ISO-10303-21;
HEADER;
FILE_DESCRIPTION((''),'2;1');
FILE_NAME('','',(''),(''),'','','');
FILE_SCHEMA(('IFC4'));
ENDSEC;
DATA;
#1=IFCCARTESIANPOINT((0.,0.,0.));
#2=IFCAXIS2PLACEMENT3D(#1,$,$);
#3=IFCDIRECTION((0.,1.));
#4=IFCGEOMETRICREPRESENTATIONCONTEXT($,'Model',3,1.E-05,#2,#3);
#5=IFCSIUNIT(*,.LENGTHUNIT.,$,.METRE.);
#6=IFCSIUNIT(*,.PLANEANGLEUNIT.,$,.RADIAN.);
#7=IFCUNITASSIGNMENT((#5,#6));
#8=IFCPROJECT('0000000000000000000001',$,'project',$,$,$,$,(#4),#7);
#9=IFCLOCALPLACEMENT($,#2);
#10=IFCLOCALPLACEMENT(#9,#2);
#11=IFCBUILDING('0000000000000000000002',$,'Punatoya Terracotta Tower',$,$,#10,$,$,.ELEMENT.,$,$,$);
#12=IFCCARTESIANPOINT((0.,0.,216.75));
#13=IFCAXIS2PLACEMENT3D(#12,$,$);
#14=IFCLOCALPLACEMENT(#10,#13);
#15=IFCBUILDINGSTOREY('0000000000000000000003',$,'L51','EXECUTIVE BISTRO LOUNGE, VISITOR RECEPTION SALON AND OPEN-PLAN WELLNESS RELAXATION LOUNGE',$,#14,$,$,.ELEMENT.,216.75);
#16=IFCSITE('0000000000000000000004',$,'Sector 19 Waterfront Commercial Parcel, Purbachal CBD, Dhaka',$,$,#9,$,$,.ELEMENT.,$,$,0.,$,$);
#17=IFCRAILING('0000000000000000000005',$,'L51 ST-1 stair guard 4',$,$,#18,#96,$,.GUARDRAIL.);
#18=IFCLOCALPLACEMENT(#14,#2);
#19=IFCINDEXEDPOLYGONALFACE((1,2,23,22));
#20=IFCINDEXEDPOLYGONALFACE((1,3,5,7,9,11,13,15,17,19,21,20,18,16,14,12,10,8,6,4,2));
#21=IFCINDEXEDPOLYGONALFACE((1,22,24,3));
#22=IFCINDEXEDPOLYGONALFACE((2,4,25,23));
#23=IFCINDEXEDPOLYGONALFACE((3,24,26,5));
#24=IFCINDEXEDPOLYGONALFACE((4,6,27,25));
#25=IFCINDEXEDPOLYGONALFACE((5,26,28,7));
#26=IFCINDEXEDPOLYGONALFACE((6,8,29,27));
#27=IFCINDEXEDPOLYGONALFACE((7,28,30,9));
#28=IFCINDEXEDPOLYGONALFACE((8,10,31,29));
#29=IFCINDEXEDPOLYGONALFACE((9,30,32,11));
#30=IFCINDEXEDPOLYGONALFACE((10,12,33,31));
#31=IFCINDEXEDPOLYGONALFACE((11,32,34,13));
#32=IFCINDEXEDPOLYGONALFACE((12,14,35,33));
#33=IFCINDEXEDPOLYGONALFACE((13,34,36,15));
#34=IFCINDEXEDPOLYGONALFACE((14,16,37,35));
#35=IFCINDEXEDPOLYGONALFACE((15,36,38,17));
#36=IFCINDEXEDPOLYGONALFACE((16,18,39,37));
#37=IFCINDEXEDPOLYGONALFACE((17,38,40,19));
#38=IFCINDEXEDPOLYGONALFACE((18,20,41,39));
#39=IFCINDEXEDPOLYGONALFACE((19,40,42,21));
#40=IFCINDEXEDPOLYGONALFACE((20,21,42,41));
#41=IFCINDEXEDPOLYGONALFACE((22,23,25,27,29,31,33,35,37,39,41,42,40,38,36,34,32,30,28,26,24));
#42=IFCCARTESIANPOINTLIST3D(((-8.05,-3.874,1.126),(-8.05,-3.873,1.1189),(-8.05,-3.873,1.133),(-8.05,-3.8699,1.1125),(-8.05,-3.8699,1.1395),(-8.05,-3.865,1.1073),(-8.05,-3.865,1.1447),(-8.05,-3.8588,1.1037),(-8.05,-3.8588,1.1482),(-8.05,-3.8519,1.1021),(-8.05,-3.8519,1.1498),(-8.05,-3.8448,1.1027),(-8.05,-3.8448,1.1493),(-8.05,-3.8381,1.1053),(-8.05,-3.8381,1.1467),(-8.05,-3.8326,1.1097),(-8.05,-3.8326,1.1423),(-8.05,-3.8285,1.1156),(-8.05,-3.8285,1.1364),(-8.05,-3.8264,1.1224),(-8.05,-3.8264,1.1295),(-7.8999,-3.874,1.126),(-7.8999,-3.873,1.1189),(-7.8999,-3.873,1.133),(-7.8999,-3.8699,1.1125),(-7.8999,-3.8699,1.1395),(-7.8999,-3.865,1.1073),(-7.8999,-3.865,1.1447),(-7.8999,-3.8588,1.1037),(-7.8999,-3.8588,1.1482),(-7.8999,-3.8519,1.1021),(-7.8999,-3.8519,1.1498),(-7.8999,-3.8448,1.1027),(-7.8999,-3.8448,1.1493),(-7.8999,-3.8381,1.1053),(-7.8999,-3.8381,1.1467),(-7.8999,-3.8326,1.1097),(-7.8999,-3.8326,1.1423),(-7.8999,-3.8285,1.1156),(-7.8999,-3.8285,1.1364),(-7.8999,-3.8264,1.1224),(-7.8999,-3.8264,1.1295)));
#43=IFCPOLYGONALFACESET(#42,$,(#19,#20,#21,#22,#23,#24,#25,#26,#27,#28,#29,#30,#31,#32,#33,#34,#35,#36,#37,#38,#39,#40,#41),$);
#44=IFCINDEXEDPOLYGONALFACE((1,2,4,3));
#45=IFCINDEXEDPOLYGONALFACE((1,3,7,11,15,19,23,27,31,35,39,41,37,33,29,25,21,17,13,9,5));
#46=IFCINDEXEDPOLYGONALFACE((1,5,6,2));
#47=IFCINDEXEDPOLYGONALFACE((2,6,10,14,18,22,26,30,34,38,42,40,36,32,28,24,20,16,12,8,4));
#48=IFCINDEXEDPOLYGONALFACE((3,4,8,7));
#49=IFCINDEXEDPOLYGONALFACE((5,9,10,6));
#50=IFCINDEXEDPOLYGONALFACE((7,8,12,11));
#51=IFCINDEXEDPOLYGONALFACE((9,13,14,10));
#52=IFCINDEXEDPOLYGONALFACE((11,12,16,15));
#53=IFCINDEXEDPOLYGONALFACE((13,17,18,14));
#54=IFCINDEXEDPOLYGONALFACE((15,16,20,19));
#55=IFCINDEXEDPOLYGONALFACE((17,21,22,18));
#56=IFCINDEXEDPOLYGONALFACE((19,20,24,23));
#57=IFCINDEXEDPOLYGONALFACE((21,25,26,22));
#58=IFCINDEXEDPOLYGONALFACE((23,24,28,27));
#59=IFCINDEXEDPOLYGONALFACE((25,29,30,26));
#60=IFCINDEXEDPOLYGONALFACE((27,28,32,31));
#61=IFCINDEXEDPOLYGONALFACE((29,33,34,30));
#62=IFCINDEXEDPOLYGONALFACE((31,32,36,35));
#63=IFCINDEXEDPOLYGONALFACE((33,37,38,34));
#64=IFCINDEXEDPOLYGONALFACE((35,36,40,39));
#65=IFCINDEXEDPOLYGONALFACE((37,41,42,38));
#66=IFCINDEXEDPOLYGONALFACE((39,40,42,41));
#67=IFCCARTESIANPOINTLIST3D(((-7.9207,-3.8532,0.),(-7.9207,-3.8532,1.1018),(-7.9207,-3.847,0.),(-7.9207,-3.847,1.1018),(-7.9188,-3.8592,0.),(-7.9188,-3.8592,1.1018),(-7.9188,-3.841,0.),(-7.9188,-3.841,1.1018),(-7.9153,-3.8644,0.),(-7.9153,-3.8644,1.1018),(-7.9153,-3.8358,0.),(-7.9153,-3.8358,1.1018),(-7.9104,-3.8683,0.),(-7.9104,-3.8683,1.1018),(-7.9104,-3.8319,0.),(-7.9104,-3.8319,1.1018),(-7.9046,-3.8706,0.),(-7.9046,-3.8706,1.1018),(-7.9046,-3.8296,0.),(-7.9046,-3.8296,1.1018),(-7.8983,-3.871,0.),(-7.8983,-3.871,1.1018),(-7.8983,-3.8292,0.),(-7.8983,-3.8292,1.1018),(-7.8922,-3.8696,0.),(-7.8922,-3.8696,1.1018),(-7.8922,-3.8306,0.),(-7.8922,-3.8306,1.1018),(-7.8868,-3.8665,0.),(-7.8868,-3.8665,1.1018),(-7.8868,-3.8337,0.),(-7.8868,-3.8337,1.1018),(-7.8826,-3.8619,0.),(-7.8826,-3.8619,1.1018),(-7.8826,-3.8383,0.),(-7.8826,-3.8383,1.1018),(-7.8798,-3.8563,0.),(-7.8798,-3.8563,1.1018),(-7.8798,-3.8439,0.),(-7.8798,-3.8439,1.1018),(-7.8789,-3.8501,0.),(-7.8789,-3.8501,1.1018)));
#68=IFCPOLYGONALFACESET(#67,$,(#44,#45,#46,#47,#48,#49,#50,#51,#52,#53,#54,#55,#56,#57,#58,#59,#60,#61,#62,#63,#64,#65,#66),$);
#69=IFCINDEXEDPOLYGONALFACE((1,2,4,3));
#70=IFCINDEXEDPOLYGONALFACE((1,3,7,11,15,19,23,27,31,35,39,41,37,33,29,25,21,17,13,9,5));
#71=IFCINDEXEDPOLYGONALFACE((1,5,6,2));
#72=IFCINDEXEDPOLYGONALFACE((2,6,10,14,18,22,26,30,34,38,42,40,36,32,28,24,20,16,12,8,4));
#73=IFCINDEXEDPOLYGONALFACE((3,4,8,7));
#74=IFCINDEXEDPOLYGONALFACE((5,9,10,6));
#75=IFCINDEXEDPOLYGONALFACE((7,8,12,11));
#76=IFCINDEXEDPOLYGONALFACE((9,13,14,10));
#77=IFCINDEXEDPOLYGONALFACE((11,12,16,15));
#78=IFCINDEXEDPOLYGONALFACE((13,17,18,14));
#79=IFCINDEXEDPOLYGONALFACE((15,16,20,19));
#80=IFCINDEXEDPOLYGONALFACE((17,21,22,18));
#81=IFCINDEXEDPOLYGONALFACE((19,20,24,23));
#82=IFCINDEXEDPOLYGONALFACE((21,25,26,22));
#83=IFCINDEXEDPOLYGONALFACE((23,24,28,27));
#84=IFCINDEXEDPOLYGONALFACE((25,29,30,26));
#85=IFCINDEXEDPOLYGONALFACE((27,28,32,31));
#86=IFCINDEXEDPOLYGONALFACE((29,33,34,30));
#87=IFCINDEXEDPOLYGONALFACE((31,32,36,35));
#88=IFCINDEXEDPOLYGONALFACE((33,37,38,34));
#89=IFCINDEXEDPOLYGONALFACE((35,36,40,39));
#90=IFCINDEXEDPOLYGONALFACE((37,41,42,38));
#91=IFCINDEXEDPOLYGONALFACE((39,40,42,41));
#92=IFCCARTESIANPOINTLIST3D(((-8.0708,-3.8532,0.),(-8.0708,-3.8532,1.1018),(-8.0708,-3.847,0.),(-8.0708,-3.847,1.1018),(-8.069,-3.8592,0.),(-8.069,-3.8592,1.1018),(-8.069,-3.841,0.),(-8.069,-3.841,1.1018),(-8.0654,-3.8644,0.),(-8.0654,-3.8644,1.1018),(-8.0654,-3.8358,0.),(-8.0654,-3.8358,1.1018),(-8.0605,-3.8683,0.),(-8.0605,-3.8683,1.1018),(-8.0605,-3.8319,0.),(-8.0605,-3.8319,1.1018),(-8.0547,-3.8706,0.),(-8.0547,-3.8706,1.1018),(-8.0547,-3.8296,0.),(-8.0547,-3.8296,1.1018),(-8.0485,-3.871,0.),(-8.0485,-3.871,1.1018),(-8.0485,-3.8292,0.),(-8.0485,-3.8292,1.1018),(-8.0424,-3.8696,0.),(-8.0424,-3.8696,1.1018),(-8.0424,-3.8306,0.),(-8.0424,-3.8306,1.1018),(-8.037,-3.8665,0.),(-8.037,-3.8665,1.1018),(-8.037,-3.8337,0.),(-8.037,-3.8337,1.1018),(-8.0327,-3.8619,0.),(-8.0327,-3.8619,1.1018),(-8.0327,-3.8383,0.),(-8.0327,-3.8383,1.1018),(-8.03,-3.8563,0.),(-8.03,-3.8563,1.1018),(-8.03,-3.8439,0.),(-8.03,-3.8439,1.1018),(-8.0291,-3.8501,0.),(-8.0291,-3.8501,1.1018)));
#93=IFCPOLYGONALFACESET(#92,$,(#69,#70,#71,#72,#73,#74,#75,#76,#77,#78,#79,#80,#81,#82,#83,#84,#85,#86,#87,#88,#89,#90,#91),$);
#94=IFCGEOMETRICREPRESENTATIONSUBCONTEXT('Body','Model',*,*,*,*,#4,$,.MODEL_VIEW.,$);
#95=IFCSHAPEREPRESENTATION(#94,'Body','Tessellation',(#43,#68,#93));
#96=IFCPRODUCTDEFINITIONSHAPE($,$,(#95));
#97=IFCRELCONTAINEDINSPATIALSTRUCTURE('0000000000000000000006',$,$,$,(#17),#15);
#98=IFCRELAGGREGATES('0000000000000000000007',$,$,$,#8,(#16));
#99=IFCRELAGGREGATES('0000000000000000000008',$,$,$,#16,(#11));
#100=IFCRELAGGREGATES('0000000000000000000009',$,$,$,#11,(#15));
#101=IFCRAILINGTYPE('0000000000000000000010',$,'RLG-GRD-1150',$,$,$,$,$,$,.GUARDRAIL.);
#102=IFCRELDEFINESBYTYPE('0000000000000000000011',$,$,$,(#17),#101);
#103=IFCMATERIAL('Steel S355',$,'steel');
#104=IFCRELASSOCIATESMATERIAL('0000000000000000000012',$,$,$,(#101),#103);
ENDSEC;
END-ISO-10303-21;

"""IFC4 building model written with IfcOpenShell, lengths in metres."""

from ifc_helpers import new_model, si_unit, direction, frame, origin, origin_2d, place, context, subcontext, project, spatial, circle, extrude, material, type_object, element, save


model = new_model("IFC4")

# Units and contexts
model_context = context("Model", 3, precision=1e-05, world=origin(), true_north=direction((0.0, 1.0)))
body_context = subcontext(model_context, "Body", "Model", "MODEL_VIEW")
ifc_project = project(units=[si_unit("LENGTHUNIT", "METRE"), si_unit("PLANEANGLEUNIT", "RADIAN")], contexts=[model_context])

# Site, building, storey
site_placement = place(None, origin())
site = spatial("IfcSite", under=ifc_project, at=site_placement, Name="Sector 19 Waterfront Commercial Parcel, Purbachal CBD, Dhaka", CompositionType="ELEMENT", RefElevation=0.0)
building_placement = place(site_placement, origin())
building = spatial("IfcBuilding", under=site, at=building_placement, Name="Punatoya Terracotta Tower", CompositionType="ELEMENT")
storey_placement = place(building_placement, frame((0.0, 0.0, 216.75)))
storey = spatial("IfcBuildingStorey", under=building, at=storey_placement, Name="L51", Description="EXECUTIVE BISTRO LOUNGE, VISITOR RECEPTION SALON AND OPEN-PLAN WELLNESS RELAXATION LOUNGE", CompositionType="ELEMENT", Elevation=216.75)

# Shared definitions
ifc_material_1 = material(Name="Steel S355", Category="steel")

# Railing
railing_type_1 = type_object("IfcRailingType", Name="RLG-GRD-1150", PredefinedType="GUARDRAIL", material=ifc_material_1)
railing_1_placement = place(storey_placement, frame((-7.8999, -3.8501, 0.0)))
element("IfcRailing", 1, at=railing_1_placement, inside=storey, type_object=railing_type_1, Name="L51 ST-1 stair guard 4", PredefinedType="GUARDRAIL", context=body_context, shape_type="SweptSolid", body=[
    extrude(circle(Radius=0.0239, at=origin_2d()), frame((0.0, 0.0, 1.126), z_axis=(-1.0, 0.0, 0.0), x_axis=(0.0, -1.0, 0.0)), (0.0, 0.0, 1.0), 0.1501),
    extrude(circle(Radius=0.021, at=origin_2d()), origin(), (0.0, 0.0, 1.0), 1.1018),
    extrude(circle(Radius=0.021, at=origin_2d()), frame((-0.1501, 0.0, 0.0)), (0.0, 0.0, 1.0), 1.1018),
])

save(model, "model.ifc")
